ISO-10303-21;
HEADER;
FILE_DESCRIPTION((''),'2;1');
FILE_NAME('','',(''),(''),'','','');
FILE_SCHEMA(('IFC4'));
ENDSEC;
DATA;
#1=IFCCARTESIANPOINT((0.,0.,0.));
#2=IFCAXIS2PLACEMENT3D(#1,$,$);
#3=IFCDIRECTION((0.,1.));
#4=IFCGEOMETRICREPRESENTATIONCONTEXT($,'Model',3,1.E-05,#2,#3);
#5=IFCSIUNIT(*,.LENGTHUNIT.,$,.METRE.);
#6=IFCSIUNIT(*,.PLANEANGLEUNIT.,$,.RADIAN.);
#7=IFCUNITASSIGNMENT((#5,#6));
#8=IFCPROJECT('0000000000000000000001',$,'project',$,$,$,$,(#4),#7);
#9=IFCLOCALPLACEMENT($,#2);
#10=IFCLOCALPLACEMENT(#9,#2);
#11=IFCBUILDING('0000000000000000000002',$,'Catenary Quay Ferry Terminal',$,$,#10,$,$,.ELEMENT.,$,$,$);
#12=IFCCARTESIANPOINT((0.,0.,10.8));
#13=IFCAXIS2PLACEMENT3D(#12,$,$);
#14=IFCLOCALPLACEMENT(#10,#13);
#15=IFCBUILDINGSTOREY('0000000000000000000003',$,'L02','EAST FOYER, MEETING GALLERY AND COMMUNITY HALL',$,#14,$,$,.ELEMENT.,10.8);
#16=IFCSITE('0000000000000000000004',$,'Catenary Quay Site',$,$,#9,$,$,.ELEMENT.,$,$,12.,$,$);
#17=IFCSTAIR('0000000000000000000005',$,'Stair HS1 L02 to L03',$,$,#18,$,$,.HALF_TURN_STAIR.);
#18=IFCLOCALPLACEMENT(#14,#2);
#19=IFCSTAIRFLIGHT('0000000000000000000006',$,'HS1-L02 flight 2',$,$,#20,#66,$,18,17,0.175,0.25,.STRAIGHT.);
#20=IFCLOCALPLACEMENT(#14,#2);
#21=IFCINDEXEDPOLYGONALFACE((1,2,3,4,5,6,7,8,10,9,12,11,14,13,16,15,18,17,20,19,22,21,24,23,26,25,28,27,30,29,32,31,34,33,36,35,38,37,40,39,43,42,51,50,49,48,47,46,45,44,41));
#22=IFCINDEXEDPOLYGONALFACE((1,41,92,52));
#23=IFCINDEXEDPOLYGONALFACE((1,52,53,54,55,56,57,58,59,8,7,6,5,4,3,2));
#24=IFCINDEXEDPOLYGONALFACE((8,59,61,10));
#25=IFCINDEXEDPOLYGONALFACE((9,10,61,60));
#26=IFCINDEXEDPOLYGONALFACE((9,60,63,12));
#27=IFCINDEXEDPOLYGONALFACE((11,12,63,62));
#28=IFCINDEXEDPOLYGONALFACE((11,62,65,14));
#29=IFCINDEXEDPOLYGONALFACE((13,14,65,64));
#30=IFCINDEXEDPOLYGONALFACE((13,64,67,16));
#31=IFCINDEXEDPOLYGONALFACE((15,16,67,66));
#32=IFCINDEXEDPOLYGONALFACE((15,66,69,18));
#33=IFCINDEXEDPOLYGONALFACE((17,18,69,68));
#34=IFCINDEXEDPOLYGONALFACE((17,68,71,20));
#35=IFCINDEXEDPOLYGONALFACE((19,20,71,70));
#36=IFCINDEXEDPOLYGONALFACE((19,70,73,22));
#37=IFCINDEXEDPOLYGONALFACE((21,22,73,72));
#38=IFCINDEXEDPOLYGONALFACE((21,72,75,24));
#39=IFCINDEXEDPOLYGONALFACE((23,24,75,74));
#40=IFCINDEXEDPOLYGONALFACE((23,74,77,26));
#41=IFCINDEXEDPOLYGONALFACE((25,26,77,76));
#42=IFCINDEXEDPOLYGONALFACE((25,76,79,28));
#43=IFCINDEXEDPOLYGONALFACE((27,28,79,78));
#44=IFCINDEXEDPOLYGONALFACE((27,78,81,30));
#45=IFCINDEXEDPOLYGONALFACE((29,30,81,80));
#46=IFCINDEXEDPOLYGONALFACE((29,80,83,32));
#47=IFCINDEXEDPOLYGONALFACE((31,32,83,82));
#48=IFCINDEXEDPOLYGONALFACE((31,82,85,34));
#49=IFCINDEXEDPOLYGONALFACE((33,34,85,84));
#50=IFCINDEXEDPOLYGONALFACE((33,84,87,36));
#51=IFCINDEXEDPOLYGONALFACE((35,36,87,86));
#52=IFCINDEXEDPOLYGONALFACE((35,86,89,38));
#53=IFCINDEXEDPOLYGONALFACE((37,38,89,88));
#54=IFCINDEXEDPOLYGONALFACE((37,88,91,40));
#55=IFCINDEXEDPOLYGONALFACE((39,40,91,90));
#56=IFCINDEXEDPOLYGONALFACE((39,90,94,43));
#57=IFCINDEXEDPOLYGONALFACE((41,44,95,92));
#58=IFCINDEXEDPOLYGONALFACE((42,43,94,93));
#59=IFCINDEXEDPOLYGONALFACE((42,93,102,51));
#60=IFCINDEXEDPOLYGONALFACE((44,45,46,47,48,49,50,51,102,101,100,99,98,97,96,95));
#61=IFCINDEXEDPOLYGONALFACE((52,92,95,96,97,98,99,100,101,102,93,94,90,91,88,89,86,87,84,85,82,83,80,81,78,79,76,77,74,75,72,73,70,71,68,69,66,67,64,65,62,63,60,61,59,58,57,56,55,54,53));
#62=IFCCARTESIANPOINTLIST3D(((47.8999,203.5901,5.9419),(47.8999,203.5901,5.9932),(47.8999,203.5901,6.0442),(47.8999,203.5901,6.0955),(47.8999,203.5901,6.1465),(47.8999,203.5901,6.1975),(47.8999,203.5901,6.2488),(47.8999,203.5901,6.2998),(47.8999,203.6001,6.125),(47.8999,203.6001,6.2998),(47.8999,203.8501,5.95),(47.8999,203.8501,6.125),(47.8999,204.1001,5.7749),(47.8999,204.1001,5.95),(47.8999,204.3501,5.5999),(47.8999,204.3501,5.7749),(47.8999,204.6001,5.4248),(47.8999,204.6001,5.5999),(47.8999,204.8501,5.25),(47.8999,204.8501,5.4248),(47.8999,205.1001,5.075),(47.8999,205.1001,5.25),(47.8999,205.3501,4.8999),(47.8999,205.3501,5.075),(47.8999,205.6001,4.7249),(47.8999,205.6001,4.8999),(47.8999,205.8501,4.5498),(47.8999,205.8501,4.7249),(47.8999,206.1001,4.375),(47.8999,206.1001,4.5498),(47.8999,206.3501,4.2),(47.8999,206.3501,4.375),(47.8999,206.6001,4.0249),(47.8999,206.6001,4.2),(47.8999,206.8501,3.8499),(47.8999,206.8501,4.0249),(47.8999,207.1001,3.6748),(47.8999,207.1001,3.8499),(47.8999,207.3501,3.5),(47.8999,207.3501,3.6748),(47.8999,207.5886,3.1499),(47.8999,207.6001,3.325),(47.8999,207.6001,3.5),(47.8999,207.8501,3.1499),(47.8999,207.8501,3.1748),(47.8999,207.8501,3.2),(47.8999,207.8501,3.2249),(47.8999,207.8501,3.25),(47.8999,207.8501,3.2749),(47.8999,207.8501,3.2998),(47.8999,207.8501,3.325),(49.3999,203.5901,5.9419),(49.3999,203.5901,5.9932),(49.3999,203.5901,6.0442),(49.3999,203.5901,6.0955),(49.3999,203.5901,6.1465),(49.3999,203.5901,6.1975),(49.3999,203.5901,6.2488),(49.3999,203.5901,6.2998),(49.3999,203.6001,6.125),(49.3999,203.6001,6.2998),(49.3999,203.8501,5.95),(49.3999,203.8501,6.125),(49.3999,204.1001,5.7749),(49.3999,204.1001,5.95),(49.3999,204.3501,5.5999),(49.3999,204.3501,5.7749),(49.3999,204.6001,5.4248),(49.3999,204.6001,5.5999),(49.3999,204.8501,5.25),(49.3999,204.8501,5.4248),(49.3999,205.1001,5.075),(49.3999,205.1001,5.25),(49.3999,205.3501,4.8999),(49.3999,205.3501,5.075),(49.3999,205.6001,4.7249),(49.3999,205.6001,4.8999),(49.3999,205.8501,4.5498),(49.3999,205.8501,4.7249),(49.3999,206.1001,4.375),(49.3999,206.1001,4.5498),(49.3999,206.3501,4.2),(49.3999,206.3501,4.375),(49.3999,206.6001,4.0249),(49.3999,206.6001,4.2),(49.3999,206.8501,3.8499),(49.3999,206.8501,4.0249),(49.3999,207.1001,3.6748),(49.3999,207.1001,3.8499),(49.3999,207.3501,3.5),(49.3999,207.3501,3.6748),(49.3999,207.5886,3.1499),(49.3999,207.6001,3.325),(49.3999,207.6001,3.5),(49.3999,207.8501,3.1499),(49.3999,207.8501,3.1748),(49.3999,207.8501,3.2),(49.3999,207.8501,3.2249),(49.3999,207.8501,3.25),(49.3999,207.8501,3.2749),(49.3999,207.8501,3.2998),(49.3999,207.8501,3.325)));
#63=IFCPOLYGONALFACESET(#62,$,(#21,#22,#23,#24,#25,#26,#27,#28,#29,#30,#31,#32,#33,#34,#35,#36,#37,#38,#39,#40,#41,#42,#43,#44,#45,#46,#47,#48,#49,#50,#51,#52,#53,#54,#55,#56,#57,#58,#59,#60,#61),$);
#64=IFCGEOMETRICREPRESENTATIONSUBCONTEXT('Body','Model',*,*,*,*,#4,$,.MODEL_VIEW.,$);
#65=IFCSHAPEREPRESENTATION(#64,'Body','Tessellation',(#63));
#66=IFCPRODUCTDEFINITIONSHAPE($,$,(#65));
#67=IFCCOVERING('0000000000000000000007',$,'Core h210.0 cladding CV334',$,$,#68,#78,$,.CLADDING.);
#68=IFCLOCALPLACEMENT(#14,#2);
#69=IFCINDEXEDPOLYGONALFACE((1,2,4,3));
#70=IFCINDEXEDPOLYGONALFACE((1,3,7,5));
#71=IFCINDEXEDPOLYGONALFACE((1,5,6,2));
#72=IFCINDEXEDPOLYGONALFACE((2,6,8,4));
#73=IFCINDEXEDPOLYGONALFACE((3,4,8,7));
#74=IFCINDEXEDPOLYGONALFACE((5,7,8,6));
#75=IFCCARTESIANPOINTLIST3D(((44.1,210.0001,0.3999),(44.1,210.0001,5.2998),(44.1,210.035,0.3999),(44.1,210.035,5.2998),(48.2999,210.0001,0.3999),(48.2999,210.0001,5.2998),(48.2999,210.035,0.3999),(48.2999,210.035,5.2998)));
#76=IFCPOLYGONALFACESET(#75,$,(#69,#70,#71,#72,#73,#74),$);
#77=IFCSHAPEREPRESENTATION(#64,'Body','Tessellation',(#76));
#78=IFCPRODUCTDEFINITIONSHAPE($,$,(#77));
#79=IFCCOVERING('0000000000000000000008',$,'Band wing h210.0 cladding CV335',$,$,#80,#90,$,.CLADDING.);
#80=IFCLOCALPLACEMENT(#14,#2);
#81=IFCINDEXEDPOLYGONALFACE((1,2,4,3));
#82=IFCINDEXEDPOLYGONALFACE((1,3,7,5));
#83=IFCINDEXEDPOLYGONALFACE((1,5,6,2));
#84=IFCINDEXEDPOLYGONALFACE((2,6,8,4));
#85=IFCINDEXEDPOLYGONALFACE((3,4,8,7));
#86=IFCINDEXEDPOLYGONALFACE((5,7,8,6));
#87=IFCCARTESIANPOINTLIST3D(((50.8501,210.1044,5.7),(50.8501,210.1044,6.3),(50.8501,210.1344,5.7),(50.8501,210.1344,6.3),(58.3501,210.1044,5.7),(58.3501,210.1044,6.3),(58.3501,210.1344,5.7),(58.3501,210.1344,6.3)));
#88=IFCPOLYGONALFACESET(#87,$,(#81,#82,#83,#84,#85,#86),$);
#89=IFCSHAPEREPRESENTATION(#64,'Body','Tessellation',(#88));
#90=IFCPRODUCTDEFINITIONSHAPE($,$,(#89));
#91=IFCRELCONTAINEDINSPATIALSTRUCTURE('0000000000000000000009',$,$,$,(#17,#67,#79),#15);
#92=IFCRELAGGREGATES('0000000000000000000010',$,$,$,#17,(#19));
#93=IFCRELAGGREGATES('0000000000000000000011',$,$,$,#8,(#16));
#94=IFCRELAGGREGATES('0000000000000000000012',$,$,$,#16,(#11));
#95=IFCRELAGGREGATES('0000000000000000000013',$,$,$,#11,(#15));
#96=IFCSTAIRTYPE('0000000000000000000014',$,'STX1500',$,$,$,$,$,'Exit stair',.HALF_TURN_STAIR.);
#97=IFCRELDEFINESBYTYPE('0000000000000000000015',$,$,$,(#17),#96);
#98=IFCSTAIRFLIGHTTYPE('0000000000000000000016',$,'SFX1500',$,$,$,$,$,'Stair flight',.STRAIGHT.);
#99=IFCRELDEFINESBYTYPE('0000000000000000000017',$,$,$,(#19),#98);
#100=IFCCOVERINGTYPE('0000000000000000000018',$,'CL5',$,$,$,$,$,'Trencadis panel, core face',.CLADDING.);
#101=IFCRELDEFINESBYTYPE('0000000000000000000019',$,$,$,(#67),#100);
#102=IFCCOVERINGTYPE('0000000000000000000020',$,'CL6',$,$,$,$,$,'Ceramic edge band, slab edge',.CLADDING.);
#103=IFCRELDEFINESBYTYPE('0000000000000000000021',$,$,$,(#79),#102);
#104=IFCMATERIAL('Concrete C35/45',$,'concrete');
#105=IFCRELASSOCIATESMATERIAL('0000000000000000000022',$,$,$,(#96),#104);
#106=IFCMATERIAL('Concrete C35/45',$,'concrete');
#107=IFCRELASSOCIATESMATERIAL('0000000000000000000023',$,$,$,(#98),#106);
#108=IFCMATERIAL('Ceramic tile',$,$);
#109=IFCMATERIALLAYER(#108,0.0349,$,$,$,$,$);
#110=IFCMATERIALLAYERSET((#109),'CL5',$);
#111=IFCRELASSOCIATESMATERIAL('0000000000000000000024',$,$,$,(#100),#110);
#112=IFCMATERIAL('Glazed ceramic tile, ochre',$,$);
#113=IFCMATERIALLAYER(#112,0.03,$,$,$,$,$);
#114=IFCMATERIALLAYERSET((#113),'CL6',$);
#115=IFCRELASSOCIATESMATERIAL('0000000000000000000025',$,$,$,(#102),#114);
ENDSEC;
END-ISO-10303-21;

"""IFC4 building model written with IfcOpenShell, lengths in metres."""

from ifc_helpers import new_model, si_unit, direction, frame, origin, origin_2d, place, context, subcontext, project, spatial, polyline, rectangle, outline, extrude, material, layer, layer_set, type_object, element, aggregate, save


model = new_model("IFC4")

# Units and contexts
model_context = context("Model", 3, precision=1e-05, world=origin(), true_north=direction((0.0, 1.0)))
body_context = subcontext(model_context, "Body", "Model", "MODEL_VIEW")
ifc_project = project(units=[si_unit("LENGTHUNIT", "METRE"), si_unit("PLANEANGLEUNIT", "RADIAN")], contexts=[model_context])

# Site, building, storey
site_placement = place(None, origin())
site = spatial("IfcSite", under=ifc_project, at=site_placement, Name="Catenary Quay Site", CompositionType="ELEMENT", RefElevation=12.0)
building_placement = place(site_placement, origin())
building = spatial("IfcBuilding", under=site, at=building_placement, Name="Catenary Quay Ferry Terminal", CompositionType="ELEMENT")
storey_placement = place(building_placement, frame((0.0, 0.0, 10.8)))
storey = spatial("IfcBuildingStorey", under=building, at=storey_placement, Name="L02", Description="EAST FOYER, MEETING GALLERY AND COMMUNITY HALL", CompositionType="ELEMENT", Elevation=10.8)

# Stair, stair flight
ifc_material_1 = material(Name="Concrete C35/45", Category="concrete")
stair_type = type_object("IfcStairType", Name="STX1500", ElementType="Exit stair", PredefinedType="HALF_TURN_STAIR", material=ifc_material_1)
stair_placement = place(storey_placement, origin())
stair = element("IfcStair", 1, at=stair_placement, inside=storey, type_object=stair_type, Name="Stair HS1 L02 to L03", PredefinedType="HALF_TURN_STAIR")
ifc_material_2 = material(Name="Concrete C35/45", Category="concrete")
stair_flight_type = type_object("IfcStairFlightType", Name="SFX1500", ElementType="Stair flight", PredefinedType="STRAIGHT", material=ifc_material_2)
stair_flight_placement = place(storey_placement, frame((48.6499, 207.8501, 3.1499), z_axis=(0.0, 0.0, 1.0), x_axis=(0.0, -1.0, 0.0)))
stair_flight = element("IfcStairFlight", 2, at=stair_flight_placement, type_object=stair_flight_type, Name="HS1-L02 flight 2", NumberOfRisers=18, NumberOfTreads=17, PredefinedType="STRAIGHT", RiserHeight=0.175, TreadLength=0.25, context=body_context, shape_type="SweptSolid", body=[
    extrude(outline(polyline([(0.0, 0.0), (0.0, 0.0249), (0.0, 0.05), (0.0, 0.075), (0.0, 0.1001), (0.0, 0.125), (0.0, 0.1499), (0.0, 0.175), (0.25, 0.175), (0.25, 0.3501), (0.5, 0.3501), (0.5, 0.5249), (0.75, 0.5249), (0.75, 0.7), (1.0, 0.7), (1.0, 0.875), (1.25, 0.875), (1.25, 1.05), (1.5, 1.05), (1.5, 1.2251), (1.75, 1.2251), (1.75, 1.3999), (2.0, 1.3999), (2.0, 1.575), (2.25, 1.575), (2.25, 1.75), (2.5, 1.75), (2.5, 1.925), (2.75, 1.925), (2.75, 2.1001), (3.0, 2.1001), (3.0, 2.2749), (3.25, 2.2749), (3.25, 2.45), (3.5, 2.45), (3.5, 2.625), (3.75, 2.625), (3.75, 2.8), (4.0, 2.8), (4.0, 2.9751), (4.25, 2.9751), (4.25, 3.1499), (4.26, 3.1499), (4.26, 3.0989), (4.26, 3.0476), (4.26, 2.9966), (4.26, 2.9456), (4.26, 2.8943), (4.26, 2.8433), (4.26, 2.792), (0.2615, 0.0), (0.0, 0.0)])), frame((0.0, 0.75, 0.0), z_axis=(0.0, -1.0, 0.0), x_axis=(1.0, 0.0, 0.0)), (0.0, 0.0, 1.0), 1.5),
])
aggregate(stair, [stair_flight])

# Coverings
ifc_material_3 = material(Name="Ceramic tile")
ifc_layer_1 = layer(ifc_material_3, 0.0349)
ifc_layer_set_1 = layer_set([ifc_layer_1], Name="CL5")
covering_type_1 = type_object("IfcCoveringType", Name="CL5", ElementType="Trencadis panel, core face", PredefinedType="CLADDING", material=ifc_layer_set_1)
covering_1_placement = place(storey_placement, frame((46.2, 210.0176, 0.3999), z_axis=(0.0, 0.0, 1.0), x_axis=(1.0, 0.0, 0.0)))
element("IfcCovering", 3, at=covering_1_placement, inside=storey, type_object=covering_type_1, Name="Core h210.0 cladding CV334", PredefinedType="CLADDING", context=body_context, shape_type="SweptSolid", body=[
    extrude(rectangle(XDim=4.2, YDim=0.0349, at=origin_2d()), origin(), (0.0, 0.0, 1.0), 4.8999),
])
ifc_material_4 = material(Name="Glazed ceramic tile, ochre")
ifc_layer_2 = layer(ifc_material_4, 0.03)
ifc_layer_set_2 = layer_set([ifc_layer_2], Name="CL6")
covering_type_2 = type_object("IfcCoveringType", Name="CL6", ElementType="Ceramic edge band, slab edge", PredefinedType="CLADDING", material=ifc_layer_set_2)
covering_2_placement = place(storey_placement, frame((54.6001, 210.1194, 5.7), z_axis=(0.0, 0.0, 1.0), x_axis=(1.0, 0.0, 0.0)))
element("IfcCovering", 4, at=covering_2_placement, inside=storey, type_object=covering_type_2, Name="Band wing h210.0 cladding CV335", PredefinedType="CLADDING", context=body_context, shape_type="SweptSolid", body=[
    extrude(rectangle(XDim=7.5, YDim=0.03, at=origin_2d()), origin(), (0.0, 0.0, 1.0), 0.6001),
])

save(model, "model.ifc")
